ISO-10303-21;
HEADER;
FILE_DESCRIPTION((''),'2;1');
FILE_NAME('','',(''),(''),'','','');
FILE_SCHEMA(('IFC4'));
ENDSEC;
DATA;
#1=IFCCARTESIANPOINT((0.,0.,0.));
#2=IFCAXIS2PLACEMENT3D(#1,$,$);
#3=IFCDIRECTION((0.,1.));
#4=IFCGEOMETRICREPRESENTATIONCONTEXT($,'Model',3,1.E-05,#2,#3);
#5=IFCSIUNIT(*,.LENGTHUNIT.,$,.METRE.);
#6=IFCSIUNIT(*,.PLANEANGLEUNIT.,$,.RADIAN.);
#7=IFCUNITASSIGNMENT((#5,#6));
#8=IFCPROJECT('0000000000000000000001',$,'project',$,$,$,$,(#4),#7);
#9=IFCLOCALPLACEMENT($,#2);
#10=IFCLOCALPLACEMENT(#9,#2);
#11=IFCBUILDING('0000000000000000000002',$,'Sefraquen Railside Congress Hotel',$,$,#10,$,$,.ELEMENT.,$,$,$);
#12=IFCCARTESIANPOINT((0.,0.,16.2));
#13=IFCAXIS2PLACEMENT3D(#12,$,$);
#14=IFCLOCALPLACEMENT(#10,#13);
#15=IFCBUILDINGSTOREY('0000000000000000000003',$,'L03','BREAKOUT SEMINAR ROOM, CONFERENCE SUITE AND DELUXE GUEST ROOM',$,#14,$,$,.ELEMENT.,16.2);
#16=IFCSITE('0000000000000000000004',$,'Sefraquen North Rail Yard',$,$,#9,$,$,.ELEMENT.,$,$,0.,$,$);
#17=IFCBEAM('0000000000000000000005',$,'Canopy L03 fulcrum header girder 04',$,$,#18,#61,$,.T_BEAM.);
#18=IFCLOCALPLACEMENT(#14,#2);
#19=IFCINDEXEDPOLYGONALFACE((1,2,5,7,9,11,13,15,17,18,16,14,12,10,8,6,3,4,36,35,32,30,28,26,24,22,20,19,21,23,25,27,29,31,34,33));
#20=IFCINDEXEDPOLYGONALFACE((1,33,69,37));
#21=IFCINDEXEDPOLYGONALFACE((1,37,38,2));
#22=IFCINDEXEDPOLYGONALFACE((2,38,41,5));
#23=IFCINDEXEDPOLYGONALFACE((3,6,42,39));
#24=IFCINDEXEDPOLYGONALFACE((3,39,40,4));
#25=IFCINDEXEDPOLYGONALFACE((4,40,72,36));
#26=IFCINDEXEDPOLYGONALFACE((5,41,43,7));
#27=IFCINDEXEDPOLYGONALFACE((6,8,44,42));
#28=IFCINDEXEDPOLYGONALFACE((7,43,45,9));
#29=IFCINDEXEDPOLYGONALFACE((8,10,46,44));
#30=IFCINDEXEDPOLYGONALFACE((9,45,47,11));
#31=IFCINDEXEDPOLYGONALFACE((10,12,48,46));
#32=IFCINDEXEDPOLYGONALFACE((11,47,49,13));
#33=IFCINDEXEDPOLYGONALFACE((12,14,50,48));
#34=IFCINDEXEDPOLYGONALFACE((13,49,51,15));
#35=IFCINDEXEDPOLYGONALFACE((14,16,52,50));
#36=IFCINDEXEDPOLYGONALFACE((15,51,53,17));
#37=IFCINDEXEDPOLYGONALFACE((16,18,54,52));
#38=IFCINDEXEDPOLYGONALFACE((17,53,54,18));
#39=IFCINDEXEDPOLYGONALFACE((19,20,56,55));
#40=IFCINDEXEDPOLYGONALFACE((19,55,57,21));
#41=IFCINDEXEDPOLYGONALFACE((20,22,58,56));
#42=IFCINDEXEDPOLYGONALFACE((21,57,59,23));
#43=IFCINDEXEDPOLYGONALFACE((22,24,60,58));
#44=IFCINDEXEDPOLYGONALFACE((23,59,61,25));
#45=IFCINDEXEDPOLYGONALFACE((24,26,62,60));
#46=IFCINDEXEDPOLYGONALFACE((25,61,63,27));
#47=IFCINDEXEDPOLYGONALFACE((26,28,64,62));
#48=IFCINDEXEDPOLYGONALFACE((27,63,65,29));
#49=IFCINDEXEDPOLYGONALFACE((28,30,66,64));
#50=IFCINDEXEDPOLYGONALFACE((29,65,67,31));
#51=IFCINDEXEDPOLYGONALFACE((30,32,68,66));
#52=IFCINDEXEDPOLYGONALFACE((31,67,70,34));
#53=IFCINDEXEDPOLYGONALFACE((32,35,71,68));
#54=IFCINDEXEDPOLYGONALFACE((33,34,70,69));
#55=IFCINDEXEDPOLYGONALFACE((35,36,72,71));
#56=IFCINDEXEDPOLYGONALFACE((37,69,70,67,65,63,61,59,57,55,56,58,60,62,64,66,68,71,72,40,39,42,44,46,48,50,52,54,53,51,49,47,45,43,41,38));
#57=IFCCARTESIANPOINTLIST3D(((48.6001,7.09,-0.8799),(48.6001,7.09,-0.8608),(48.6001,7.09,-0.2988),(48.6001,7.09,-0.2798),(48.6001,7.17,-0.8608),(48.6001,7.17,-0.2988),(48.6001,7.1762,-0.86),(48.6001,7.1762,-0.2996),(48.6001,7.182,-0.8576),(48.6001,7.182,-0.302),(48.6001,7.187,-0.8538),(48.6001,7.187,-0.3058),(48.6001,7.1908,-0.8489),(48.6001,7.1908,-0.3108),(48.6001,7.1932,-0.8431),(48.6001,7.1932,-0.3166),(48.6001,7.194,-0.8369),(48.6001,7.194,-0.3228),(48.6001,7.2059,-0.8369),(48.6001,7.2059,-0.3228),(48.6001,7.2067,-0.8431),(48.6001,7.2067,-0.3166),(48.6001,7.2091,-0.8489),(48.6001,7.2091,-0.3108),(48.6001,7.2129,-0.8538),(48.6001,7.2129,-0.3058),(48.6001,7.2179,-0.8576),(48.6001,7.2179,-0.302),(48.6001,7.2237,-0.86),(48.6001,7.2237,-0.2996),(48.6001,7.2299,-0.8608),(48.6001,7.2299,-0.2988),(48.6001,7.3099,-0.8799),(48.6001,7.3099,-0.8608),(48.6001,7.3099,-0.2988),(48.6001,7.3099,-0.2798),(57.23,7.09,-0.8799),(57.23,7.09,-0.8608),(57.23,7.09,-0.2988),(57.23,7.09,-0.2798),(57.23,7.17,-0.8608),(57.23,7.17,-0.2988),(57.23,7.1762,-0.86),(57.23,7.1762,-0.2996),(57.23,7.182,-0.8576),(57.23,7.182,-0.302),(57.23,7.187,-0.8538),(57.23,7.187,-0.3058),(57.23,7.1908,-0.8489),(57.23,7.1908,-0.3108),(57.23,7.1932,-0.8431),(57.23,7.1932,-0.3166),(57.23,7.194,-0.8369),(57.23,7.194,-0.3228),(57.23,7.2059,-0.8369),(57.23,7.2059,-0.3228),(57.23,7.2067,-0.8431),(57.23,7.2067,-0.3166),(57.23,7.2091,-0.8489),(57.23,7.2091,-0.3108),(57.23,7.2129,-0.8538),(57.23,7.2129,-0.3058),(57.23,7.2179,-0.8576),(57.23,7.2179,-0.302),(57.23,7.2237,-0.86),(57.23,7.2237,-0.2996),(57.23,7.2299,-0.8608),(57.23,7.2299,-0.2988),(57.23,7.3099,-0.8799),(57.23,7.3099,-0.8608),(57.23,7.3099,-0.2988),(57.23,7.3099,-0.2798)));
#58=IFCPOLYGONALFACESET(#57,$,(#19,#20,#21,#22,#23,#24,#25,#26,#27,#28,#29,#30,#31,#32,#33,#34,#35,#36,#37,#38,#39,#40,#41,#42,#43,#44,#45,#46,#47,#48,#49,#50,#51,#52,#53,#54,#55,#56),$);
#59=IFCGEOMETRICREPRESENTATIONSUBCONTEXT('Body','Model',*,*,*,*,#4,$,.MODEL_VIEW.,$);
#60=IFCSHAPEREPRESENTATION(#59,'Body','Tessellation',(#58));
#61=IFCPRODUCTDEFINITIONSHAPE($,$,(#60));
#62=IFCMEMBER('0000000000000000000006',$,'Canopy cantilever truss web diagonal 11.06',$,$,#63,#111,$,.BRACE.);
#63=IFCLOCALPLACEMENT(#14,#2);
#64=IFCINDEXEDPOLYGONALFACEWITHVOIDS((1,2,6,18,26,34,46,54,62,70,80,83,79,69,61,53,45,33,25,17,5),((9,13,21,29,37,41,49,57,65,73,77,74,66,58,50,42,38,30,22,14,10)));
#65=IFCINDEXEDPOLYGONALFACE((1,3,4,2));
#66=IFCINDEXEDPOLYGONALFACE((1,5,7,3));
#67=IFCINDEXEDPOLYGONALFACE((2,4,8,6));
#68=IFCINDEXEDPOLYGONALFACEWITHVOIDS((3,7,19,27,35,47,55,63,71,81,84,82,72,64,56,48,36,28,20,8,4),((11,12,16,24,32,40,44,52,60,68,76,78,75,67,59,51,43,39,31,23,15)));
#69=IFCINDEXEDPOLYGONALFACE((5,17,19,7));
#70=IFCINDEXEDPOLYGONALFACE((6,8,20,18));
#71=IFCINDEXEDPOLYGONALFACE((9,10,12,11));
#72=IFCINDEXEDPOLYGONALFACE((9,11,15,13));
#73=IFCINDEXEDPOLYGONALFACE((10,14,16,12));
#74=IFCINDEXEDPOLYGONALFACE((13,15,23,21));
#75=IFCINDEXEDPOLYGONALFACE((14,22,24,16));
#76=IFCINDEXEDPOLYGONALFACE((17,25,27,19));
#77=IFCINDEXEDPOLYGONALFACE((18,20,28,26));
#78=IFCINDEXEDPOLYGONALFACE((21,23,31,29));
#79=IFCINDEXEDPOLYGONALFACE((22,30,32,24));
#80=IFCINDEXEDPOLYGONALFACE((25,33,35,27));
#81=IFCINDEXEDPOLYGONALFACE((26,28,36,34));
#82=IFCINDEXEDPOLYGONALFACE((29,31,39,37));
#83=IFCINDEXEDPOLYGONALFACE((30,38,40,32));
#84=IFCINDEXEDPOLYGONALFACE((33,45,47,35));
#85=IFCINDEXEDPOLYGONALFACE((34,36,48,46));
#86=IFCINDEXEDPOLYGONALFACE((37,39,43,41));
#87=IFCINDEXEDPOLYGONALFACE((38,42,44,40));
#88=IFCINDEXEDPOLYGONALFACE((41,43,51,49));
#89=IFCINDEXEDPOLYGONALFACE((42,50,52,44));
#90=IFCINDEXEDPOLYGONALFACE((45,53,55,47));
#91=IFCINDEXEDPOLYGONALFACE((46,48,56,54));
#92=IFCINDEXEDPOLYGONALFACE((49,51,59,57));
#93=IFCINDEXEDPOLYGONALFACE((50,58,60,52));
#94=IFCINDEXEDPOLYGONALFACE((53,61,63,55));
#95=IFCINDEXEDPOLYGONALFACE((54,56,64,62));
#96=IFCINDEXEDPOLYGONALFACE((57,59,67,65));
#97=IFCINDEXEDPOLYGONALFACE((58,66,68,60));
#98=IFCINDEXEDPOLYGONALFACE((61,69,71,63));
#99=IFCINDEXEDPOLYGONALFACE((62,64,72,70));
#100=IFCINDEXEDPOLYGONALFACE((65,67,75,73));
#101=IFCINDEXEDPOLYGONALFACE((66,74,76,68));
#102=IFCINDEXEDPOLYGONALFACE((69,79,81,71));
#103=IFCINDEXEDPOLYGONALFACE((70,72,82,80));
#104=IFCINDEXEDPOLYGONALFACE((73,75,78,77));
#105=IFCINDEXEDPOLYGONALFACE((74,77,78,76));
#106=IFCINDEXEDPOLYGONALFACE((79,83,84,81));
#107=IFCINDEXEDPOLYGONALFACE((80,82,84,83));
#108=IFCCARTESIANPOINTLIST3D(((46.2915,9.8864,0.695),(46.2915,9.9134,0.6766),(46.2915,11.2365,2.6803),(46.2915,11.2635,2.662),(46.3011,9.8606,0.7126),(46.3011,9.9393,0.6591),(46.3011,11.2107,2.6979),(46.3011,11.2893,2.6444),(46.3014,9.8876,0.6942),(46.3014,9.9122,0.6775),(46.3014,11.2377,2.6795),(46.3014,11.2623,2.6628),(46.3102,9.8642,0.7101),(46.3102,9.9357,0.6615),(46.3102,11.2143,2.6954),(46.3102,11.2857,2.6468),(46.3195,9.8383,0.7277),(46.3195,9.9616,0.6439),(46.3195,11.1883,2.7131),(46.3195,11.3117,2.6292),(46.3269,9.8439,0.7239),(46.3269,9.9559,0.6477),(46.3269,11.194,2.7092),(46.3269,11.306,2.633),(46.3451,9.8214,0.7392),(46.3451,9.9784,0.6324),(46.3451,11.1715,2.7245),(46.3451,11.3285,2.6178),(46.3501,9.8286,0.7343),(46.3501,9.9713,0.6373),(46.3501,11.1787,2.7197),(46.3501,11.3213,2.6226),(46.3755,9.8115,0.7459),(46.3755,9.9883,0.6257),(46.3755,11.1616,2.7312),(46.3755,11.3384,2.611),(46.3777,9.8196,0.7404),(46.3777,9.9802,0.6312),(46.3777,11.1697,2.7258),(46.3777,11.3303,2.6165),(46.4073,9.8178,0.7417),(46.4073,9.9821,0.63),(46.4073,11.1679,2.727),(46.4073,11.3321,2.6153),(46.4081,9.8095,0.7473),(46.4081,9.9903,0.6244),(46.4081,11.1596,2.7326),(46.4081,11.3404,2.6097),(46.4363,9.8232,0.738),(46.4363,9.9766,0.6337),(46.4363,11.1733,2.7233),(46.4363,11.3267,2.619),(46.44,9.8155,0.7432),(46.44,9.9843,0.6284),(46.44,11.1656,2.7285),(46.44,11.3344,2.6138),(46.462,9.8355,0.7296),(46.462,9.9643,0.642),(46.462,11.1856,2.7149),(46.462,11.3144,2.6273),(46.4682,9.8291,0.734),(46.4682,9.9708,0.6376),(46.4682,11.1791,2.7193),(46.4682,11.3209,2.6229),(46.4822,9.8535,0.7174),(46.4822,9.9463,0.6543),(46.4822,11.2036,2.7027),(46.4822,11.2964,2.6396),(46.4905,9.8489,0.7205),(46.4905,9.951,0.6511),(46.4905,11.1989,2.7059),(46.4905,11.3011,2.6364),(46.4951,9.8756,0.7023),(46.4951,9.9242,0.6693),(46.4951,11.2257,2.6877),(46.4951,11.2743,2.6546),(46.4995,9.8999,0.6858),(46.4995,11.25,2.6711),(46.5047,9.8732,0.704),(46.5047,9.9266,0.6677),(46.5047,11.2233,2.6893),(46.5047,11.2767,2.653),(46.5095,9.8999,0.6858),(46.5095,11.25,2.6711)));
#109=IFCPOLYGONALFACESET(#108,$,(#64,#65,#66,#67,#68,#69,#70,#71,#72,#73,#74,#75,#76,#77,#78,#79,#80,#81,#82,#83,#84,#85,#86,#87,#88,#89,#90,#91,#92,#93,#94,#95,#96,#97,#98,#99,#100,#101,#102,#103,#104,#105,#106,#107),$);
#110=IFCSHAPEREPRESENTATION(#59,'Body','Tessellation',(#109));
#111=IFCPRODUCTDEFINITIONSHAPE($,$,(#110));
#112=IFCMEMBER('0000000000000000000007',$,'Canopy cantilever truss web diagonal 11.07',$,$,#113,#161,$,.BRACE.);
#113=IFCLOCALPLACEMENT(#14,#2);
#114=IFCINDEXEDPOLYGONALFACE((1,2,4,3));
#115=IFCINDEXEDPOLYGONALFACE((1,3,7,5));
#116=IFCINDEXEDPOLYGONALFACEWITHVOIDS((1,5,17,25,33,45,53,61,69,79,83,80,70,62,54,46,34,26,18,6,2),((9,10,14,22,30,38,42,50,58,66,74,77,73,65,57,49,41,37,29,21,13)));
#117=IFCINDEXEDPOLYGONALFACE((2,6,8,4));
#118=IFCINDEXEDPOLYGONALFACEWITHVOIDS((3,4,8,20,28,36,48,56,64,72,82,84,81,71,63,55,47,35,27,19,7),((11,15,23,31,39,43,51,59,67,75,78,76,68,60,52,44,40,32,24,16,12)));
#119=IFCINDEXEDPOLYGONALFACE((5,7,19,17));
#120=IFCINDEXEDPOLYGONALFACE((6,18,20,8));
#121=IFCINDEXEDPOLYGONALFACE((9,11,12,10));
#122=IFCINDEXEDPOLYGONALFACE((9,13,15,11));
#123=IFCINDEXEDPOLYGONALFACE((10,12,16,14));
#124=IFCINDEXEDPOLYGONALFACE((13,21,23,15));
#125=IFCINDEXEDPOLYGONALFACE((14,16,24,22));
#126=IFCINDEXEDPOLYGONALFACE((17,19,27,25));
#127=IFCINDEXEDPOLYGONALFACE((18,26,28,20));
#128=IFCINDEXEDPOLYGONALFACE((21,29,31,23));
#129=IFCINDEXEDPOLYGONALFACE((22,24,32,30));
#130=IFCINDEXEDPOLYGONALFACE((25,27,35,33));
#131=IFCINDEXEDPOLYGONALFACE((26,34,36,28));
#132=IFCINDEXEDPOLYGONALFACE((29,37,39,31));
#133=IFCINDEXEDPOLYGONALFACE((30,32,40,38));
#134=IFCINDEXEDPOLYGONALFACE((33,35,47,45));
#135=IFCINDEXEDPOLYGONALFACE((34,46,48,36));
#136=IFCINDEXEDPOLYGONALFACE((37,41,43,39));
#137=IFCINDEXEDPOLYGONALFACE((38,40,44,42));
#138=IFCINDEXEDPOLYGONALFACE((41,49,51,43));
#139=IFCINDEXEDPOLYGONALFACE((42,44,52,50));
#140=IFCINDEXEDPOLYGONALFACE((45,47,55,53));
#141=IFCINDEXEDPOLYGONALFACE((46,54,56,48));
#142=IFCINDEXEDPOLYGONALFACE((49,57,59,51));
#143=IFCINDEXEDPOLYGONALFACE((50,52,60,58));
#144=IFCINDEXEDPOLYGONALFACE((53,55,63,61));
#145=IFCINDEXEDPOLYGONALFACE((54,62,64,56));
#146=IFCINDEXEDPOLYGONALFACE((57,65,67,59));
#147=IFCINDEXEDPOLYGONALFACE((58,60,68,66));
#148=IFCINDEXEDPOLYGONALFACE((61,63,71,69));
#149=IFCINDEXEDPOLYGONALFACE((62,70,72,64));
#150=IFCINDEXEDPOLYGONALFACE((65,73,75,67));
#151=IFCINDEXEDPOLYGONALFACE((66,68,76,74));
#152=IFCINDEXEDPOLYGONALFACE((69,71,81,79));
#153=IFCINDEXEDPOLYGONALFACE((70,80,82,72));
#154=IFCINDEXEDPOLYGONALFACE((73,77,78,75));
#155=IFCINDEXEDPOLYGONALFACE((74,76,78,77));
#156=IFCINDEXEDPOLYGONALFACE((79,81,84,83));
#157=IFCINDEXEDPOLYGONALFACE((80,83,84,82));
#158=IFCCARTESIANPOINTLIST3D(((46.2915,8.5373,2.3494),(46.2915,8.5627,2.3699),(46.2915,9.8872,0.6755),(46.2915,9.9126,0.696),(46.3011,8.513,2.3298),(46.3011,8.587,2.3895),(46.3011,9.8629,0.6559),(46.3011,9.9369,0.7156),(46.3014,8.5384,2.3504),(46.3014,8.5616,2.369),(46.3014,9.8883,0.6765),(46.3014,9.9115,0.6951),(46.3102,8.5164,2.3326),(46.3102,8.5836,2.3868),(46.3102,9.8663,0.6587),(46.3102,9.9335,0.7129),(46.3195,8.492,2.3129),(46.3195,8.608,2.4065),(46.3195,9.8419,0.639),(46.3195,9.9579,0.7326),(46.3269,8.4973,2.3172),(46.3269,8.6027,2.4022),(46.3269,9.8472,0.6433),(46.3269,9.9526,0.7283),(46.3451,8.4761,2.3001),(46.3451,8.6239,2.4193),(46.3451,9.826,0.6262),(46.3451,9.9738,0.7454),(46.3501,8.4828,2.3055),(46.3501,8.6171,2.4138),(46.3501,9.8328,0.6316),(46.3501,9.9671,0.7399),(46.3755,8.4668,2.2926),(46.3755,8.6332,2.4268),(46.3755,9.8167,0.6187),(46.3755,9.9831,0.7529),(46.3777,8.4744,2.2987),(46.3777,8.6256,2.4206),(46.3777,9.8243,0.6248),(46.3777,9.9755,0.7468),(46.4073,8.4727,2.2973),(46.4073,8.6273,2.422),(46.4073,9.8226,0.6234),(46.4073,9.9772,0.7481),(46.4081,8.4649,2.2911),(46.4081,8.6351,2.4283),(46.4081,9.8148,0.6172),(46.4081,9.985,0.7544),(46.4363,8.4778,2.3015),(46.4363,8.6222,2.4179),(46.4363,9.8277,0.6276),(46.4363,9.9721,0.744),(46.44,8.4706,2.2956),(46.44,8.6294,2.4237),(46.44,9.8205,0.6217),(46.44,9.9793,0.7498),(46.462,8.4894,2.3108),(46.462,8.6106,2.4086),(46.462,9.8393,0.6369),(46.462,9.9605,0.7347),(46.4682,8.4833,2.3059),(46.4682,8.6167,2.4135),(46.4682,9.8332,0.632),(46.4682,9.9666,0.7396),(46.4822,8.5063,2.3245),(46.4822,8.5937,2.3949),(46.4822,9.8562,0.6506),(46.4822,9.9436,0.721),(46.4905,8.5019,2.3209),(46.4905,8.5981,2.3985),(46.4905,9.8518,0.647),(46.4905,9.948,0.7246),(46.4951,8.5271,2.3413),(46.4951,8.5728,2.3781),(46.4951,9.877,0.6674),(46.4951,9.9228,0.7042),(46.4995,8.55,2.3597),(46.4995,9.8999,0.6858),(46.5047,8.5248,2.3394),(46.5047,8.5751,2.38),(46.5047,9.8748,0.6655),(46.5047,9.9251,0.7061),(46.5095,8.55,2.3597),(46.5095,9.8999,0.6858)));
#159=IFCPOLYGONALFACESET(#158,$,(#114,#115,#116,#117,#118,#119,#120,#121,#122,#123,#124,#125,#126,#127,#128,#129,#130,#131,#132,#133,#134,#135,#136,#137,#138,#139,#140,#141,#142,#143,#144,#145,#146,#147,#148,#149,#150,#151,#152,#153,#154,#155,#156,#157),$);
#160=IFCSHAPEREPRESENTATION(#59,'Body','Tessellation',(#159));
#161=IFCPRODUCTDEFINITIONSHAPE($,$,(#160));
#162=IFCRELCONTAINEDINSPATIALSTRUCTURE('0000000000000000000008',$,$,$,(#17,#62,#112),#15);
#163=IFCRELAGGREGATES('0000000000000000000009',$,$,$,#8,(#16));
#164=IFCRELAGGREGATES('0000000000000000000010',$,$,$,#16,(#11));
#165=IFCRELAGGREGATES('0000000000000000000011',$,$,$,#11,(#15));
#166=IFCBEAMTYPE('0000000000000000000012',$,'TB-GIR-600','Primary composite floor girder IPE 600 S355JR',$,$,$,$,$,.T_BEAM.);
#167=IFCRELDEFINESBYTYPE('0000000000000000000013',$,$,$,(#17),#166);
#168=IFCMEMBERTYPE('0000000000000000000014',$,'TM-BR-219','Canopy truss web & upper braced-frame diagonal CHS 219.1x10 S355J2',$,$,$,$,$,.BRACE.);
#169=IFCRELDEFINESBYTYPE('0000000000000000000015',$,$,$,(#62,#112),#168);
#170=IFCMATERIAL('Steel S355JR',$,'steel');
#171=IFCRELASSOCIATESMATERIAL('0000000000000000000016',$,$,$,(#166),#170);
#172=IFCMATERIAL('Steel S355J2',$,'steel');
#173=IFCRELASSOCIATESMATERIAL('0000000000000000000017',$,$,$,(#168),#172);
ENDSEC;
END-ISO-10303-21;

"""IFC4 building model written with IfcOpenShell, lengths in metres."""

from ifc_helpers import new_model, si_unit, direction, frame, origin, origin_2d, place, context, subcontext, project, spatial, hollow_circle, i_section, extrude, material, material_profile, profile_set, type_object, element, save


model = new_model("IFC4")

# Units and contexts
model_context = context("Model", 3, precision=1e-05, world=origin(), true_north=direction((0.0, 1.0)))
body_context = subcontext(model_context, "Body", "Model", "MODEL_VIEW")
ifc_project = project(units=[si_unit("LENGTHUNIT", "METRE"), si_unit("PLANEANGLEUNIT", "RADIAN")], contexts=[model_context])

# Site, building, storey
site_placement = place(None, origin())
site = spatial("IfcSite", under=ifc_project, at=site_placement, Name="Sefraquen North Rail Yard", CompositionType="ELEMENT", RefElevation=0.0)
building_placement = place(site_placement, origin())
building = spatial("IfcBuilding", under=site, at=building_placement, Name="Sefraquen Railside Congress Hotel", CompositionType="ELEMENT")
storey_placement = place(building_placement, frame((0.0, 0.0, 16.2)))
storey = spatial("IfcBuildingStorey", under=building, at=storey_placement, Name="L03", Description="BREAKOUT SEMINAR ROOM, CONFERENCE SUITE AND DELUXE GUEST ROOM", CompositionType="ELEMENT", Elevation=16.2)

# Beam
ifc_material_1 = material(Name="Steel S355JR", Category="steel")
ifc_material_profile_1 = material_profile(ifc_material_1, i_section(OverallWidth=0.22, OverallDepth=0.6001, WebThickness=0.012, FlangeThickness=0.019, FilletRadius=0.0239, at=origin_2d()), Name="IPE 600")
ifc_profile_set_1 = profile_set([ifc_material_profile_1], Name="Steel S355JR")
beam_type = type_object("IfcBeamType", Name="TB-GIR-600", Description="Primary composite floor girder IPE 600 S355JR", PredefinedType="T_BEAM", material=ifc_profile_set_1)
beam_placement = place(storey_placement, frame((48.6001, 7.2, -0.5798), z_axis=(1.0, 0.0, 0.0), x_axis=(0.0, 1.0, 0.0)))
element("IfcBeam", 1, at=beam_placement, inside=storey, type_object=beam_type, Name="Canopy L03 fulcrum header girder 04", PredefinedType="T_BEAM", context=body_context, shape_type="SweptSolid", body=[
    extrude(i_section(OverallWidth=0.22, OverallDepth=0.6001, WebThickness=0.012, FlangeThickness=0.019, FilletRadius=0.0239, at=origin_2d()), origin(), (0.0, 0.0, 1.0), 8.6299),
])

# Members
ifc_material_2 = material(Name="Steel S355J2", Category="steel")
ifc_material_profile_2 = material_profile(ifc_material_2, hollow_circle(Radius=0.1096, WallThickness=0.01, at=origin_2d()), Name="CHS 219.1x10")
ifc_profile_set_2 = profile_set([ifc_material_profile_2], Name="Steel S355J2")
member_type_1 = type_object("IfcMemberType", Name="TM-BR-219", Description="Canopy truss web & upper braced-frame diagonal CHS 219.1x10 S355J2", PredefinedType="BRACE", material=ifc_profile_set_2)
member_1_placement = place(storey_placement, frame((46.3999, 11.25, 2.6711), z_axis=(0.0, -0.562327, -0.826915), x_axis=(1.0, 0.0, 0.0)))
element("IfcMember", 2, at=member_1_placement, inside=storey, type_object=member_type_1, Name="Canopy cantilever truss web diagonal 11.06", PredefinedType="BRACE", context=body_context, shape_type="SweptSolid", body=[
    extrude(hollow_circle(Radius=0.1096, WallThickness=0.01, at=origin_2d()), origin(), (0.0, 0.0, 1.0), 2.4009),
])
member_2_placement = place(storey_placement, frame((46.3999, 9.8999, 0.6858), z_axis=(0.0, -0.62775, 0.778415), x_axis=(1.0, 0.0, 0.0)))
element("IfcMember", 3, at=member_2_placement, inside=storey, type_object=member_type_1, Name="Canopy cantilever truss web diagonal 11.07", PredefinedType="BRACE", context=body_context, shape_type="SweptSolid", body=[
    extrude(hollow_circle(Radius=0.1096, WallThickness=0.01, at=origin_2d()), origin(), (0.0, 0.0, 1.0), 2.1504),
])

save(model, "model.ifc")
